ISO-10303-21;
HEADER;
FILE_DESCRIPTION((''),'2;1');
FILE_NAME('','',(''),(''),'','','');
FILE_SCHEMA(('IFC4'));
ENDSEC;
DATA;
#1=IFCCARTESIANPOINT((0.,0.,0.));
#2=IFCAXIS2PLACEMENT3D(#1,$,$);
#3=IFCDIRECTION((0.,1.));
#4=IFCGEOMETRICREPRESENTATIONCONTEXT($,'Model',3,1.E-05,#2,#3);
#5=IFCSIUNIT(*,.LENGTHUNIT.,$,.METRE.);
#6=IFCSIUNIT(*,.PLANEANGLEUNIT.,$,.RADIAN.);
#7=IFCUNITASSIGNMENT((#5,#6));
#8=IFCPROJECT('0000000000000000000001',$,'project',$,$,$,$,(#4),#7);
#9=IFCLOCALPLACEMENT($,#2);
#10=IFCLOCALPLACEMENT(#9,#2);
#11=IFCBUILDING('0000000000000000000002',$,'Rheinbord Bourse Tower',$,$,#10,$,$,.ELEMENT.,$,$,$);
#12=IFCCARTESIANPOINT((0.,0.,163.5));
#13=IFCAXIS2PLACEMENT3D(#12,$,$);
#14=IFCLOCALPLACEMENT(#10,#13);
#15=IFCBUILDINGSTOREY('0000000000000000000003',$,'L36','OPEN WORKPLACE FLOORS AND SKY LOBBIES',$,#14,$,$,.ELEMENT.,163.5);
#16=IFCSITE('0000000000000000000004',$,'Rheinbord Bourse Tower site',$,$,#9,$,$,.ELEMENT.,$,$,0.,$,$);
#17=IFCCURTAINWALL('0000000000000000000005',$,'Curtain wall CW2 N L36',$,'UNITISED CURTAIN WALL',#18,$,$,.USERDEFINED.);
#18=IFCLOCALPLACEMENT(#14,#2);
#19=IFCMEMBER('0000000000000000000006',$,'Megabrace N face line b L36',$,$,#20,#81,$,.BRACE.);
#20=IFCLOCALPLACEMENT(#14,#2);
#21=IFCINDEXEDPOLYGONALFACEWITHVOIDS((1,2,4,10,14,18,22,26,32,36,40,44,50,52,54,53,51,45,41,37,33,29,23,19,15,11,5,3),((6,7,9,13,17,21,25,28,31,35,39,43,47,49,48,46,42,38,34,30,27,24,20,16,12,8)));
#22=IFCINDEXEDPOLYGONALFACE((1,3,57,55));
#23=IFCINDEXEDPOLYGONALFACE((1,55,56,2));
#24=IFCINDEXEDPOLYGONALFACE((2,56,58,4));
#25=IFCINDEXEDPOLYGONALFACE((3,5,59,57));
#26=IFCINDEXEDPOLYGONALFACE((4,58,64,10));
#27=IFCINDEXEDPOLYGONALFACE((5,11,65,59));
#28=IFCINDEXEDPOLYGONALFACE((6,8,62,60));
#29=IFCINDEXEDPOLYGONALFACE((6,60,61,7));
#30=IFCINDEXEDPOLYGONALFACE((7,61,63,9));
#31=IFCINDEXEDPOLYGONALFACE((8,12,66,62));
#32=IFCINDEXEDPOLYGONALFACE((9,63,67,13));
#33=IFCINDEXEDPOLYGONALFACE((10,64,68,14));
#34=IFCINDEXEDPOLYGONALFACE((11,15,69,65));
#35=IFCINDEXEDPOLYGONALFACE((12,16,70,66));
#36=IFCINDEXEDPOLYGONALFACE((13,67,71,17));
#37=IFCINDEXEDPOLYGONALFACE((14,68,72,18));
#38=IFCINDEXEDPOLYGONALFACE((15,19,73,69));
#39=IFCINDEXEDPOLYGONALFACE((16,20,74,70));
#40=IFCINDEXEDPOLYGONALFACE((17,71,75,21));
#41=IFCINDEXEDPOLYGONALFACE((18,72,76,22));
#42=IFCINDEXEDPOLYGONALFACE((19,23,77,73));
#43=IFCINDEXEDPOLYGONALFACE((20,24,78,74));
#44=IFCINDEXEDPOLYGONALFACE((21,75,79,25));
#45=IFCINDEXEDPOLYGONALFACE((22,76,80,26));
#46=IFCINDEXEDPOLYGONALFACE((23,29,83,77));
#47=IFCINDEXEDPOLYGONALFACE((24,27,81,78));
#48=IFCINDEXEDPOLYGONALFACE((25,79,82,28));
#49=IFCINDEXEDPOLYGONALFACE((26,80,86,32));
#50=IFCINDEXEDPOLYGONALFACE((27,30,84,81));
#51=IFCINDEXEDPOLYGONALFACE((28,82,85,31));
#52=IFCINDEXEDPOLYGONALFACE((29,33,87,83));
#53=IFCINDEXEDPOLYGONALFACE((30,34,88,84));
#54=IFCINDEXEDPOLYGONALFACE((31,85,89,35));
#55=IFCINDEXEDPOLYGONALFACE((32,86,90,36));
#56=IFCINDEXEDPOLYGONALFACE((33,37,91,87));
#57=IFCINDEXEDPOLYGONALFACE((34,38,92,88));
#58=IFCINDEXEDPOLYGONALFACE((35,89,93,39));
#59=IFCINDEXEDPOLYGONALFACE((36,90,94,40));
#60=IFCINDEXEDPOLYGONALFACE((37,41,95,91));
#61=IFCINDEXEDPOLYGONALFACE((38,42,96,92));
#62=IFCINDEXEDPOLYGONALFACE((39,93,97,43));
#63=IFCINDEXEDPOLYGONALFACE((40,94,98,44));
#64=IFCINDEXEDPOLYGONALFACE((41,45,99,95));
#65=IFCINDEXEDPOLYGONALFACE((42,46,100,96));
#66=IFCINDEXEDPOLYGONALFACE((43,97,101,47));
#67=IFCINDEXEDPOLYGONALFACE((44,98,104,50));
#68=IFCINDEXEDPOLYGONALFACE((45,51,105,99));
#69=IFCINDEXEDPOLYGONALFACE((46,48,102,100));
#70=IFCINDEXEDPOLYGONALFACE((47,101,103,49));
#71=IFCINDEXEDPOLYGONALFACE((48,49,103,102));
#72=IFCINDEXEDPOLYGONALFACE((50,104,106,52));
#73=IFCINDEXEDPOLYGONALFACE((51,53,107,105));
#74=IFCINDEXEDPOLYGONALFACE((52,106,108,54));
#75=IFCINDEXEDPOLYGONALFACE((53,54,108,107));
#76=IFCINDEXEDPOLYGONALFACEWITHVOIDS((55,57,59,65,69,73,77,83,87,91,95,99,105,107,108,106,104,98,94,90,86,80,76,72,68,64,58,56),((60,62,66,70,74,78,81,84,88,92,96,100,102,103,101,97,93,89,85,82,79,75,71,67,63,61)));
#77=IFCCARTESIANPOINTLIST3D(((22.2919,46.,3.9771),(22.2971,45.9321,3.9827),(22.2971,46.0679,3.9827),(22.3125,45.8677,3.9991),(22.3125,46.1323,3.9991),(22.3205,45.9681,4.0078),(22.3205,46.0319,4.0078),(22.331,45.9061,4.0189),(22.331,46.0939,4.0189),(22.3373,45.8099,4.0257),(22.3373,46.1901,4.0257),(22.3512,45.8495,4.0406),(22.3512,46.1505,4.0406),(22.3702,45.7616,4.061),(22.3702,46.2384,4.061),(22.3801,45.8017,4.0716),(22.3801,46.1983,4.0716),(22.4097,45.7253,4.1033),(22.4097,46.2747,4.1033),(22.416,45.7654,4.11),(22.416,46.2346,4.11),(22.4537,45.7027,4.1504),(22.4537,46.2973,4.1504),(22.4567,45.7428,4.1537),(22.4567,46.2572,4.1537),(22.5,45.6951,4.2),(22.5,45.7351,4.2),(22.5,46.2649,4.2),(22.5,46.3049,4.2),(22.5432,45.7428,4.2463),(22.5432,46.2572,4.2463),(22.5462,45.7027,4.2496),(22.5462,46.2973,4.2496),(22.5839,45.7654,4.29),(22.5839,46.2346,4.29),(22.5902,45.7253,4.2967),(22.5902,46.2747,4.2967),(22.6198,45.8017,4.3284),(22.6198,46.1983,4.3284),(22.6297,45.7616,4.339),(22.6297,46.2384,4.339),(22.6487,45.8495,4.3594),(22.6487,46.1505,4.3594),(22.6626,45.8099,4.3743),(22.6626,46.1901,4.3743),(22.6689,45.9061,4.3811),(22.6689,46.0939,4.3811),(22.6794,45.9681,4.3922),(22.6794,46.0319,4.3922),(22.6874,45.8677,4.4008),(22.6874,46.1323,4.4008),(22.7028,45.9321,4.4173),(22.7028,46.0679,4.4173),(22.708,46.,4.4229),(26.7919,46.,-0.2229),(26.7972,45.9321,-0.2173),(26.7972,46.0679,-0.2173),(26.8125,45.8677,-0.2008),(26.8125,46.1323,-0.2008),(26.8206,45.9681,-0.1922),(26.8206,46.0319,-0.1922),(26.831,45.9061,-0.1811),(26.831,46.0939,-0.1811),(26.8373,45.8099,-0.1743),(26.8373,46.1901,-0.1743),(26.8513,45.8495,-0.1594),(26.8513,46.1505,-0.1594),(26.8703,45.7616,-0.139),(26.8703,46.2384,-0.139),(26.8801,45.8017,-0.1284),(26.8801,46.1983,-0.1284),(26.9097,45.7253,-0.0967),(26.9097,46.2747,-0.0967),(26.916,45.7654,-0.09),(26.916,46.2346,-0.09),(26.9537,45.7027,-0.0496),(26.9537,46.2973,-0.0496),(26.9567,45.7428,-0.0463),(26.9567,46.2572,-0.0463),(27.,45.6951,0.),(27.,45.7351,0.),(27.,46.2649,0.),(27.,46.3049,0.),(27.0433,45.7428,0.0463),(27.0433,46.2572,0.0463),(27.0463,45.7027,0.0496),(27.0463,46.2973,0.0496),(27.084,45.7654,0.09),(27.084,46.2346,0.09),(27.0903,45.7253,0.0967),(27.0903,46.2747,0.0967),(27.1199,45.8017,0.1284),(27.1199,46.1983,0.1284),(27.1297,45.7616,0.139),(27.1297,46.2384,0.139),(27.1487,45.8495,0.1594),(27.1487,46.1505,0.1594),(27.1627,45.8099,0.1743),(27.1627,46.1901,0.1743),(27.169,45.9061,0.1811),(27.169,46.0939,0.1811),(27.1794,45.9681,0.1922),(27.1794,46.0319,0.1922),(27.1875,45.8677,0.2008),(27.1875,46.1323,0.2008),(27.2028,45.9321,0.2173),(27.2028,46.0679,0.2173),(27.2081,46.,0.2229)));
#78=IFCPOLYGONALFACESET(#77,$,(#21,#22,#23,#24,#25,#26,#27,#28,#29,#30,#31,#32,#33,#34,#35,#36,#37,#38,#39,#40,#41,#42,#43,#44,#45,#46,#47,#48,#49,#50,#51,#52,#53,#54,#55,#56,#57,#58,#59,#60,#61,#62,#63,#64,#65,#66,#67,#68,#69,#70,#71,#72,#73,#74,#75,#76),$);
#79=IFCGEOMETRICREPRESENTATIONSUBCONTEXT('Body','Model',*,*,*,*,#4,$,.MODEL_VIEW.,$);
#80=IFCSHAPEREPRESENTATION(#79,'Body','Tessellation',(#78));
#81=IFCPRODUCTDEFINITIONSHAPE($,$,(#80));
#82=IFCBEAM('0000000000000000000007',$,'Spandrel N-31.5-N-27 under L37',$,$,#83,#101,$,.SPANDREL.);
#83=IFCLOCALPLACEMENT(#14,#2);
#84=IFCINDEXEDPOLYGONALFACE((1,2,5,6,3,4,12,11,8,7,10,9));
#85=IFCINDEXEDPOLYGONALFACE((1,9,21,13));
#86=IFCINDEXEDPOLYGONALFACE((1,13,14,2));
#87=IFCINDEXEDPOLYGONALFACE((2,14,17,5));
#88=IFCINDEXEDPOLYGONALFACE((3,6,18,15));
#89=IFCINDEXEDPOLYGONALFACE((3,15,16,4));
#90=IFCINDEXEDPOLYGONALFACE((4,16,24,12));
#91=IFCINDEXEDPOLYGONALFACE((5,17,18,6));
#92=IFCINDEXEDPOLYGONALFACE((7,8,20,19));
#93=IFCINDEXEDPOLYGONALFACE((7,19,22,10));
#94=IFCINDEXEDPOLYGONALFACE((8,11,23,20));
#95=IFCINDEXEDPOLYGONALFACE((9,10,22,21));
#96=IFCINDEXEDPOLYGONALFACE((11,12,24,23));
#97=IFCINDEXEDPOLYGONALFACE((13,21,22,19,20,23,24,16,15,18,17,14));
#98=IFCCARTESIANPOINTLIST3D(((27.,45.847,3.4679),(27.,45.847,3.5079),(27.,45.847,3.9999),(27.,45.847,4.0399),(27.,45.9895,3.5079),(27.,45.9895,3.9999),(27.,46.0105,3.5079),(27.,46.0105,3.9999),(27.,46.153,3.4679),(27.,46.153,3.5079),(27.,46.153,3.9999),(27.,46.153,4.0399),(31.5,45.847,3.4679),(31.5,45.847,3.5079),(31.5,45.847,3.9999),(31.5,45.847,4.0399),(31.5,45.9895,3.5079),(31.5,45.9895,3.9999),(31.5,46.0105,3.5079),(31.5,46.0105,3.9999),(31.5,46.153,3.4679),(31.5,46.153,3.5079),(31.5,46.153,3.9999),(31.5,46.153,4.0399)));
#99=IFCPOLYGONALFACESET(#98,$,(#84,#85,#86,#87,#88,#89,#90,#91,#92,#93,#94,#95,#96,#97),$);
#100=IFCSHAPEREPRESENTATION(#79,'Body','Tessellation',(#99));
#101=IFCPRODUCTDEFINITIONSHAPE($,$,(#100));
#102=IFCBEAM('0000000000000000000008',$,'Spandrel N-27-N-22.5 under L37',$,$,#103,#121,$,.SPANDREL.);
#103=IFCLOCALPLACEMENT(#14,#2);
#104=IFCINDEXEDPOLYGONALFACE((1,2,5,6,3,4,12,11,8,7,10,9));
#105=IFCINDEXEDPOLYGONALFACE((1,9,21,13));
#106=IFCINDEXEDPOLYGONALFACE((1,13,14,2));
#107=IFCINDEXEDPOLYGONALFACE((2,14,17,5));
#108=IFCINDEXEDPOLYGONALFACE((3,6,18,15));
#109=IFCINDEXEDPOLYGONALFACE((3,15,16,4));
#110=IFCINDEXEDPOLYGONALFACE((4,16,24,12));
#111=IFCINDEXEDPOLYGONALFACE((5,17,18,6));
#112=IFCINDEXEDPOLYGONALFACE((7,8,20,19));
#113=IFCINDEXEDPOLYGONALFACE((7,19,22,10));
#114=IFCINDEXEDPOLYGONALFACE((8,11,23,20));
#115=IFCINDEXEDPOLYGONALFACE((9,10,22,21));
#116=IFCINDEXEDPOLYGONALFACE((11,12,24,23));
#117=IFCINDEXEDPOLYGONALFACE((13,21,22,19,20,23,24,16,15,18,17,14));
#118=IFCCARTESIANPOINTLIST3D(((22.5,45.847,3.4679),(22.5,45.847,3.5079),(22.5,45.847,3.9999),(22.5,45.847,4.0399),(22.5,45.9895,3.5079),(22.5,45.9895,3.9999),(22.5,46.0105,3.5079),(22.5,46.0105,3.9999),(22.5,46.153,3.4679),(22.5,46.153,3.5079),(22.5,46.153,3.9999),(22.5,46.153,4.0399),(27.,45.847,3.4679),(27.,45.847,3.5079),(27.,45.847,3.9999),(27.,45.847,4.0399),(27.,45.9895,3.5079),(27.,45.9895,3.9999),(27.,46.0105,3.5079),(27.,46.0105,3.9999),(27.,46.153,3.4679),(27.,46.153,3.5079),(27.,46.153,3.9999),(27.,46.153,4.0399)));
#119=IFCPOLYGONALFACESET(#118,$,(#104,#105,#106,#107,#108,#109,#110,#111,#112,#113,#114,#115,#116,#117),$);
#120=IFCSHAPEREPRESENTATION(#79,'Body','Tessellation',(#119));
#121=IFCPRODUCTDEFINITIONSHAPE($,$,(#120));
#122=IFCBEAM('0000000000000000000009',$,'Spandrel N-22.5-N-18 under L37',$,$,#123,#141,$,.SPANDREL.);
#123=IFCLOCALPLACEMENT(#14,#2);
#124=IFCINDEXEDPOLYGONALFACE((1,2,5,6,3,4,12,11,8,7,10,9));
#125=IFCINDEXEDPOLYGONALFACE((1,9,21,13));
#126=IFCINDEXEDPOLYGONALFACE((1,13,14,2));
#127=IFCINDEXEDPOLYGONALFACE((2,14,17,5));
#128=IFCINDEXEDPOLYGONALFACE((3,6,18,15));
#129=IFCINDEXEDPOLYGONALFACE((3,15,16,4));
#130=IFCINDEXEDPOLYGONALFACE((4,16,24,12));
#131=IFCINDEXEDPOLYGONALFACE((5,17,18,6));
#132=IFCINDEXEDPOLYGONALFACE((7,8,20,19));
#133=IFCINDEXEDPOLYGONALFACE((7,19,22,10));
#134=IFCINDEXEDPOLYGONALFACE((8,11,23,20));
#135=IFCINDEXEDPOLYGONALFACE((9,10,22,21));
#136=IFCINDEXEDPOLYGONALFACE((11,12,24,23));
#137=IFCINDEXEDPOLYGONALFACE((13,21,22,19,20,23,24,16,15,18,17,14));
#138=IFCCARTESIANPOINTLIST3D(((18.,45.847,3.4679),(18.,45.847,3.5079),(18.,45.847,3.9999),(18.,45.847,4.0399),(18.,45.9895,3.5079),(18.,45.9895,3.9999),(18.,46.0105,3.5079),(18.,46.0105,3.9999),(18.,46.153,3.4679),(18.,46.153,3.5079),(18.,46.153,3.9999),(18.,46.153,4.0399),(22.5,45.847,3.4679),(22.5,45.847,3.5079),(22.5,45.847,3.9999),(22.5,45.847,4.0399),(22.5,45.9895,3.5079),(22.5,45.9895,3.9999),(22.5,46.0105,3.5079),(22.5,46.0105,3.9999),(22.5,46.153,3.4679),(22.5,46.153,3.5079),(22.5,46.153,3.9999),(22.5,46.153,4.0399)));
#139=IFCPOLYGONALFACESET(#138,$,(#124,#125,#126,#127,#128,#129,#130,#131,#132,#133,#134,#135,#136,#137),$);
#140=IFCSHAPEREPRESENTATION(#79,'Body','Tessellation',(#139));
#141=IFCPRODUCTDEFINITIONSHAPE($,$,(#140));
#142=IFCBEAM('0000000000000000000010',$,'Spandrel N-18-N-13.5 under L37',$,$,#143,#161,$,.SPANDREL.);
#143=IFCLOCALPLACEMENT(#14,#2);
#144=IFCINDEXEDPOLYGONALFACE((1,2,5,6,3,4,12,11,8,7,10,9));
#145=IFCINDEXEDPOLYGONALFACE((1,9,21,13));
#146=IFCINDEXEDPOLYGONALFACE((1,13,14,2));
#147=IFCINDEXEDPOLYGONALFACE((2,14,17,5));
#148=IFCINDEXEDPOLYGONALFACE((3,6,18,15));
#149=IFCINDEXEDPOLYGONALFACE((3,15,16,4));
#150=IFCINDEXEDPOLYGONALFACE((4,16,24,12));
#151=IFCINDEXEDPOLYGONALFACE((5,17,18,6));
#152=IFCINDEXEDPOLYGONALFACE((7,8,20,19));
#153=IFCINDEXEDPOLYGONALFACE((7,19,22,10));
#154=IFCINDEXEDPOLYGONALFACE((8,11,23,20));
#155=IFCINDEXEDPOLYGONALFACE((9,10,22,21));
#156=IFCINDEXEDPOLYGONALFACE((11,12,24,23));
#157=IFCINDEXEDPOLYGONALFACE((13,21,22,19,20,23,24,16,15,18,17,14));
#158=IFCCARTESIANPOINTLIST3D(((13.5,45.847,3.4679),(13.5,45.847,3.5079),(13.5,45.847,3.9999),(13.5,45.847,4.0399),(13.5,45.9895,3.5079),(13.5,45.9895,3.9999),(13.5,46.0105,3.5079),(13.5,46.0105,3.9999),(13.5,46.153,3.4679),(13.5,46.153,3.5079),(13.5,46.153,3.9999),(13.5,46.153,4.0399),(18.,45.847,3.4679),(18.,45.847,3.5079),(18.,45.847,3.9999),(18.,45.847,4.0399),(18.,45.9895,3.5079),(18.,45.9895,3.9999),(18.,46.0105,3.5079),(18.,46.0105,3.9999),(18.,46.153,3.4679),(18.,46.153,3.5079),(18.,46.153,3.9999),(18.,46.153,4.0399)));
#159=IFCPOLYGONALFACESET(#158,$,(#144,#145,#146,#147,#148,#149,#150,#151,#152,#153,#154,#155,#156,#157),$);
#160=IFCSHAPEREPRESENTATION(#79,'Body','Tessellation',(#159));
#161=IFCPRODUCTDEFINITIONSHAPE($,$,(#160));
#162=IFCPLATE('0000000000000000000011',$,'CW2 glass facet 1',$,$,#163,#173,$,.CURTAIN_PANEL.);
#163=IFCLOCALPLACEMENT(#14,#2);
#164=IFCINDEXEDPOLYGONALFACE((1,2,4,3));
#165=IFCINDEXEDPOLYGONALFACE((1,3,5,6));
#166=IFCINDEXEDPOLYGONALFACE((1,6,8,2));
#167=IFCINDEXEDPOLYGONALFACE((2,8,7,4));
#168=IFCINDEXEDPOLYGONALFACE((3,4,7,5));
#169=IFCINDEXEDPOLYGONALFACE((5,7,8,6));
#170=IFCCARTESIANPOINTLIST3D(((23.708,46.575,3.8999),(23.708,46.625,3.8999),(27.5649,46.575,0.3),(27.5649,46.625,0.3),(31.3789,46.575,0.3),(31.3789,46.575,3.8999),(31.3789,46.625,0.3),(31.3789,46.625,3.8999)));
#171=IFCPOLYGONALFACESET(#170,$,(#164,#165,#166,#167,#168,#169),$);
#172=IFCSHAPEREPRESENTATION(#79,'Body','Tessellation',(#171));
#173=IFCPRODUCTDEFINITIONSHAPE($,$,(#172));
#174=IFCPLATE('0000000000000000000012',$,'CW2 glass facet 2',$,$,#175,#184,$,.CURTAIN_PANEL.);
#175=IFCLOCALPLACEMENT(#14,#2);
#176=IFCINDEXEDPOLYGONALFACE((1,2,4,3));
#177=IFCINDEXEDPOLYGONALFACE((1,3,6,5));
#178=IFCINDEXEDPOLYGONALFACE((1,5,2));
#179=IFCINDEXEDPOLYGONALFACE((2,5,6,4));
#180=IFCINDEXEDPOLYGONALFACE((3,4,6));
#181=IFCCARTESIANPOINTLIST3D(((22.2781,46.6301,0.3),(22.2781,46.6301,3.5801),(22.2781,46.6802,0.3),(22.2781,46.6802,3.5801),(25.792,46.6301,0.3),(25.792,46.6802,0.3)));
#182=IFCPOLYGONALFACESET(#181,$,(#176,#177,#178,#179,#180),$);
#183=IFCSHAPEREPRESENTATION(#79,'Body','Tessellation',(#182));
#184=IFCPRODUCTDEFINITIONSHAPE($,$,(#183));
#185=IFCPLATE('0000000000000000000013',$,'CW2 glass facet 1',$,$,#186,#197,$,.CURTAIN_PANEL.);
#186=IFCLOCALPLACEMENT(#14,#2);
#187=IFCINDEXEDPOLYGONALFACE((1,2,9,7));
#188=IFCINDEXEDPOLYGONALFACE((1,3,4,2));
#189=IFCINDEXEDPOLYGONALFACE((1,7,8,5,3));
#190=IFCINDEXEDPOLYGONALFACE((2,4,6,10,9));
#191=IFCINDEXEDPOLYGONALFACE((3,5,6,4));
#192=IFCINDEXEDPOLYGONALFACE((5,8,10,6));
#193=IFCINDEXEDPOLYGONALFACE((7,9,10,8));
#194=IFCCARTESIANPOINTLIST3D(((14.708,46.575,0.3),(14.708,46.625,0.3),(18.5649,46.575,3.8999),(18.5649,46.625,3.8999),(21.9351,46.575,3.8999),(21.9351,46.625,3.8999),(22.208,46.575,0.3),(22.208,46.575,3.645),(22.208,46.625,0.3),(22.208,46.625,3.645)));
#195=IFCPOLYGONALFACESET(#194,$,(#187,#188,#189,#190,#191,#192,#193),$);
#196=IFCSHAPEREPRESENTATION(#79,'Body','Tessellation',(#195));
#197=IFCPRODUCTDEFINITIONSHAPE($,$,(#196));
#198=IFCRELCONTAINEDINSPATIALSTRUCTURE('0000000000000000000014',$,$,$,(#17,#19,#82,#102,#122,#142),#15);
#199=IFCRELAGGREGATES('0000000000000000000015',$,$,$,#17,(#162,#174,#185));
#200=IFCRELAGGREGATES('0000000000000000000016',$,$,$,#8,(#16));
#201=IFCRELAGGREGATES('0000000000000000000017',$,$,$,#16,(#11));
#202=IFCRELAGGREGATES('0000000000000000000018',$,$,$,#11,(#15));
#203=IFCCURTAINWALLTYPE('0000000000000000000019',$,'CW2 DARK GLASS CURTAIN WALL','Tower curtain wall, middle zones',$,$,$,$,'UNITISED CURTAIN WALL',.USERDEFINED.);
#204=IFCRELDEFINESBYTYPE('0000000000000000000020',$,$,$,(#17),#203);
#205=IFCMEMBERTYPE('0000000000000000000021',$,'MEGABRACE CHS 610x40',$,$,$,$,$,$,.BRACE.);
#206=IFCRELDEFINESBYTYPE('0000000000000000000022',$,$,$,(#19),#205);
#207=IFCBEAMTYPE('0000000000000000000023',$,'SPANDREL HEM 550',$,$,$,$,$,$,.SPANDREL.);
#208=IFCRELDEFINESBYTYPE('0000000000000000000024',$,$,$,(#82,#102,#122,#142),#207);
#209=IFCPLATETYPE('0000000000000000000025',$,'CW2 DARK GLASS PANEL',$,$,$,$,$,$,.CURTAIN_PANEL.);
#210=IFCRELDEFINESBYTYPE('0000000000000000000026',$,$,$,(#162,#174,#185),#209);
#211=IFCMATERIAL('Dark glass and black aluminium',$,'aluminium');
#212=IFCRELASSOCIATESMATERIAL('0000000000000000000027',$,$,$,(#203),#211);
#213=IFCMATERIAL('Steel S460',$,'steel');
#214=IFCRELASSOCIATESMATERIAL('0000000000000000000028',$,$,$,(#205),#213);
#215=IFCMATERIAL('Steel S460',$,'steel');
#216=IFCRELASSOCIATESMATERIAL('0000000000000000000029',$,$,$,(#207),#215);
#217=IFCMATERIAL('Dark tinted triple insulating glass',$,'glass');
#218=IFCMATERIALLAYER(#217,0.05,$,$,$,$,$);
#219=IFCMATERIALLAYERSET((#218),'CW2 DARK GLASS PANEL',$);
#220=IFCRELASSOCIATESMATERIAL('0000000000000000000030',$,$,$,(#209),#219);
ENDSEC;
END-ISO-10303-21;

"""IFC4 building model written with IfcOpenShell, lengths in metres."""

from ifc_helpers import new_model, si_unit, direction, frame, origin, origin_2d, place, context, subcontext, project, spatial, polyline, hollow_circle, i_section, outline, extrude, material, layer, layer_set, material_profile, profile_set, type_object, element, aggregate, save


model = new_model("IFC4")

# Units and contexts
model_context = context("Model", 3, precision=1e-05, world=origin(), true_north=direction((0.0, 1.0)))
body_context = subcontext(model_context, "Body", "Model", "MODEL_VIEW")
ifc_project = project(units=[si_unit("LENGTHUNIT", "METRE"), si_unit("PLANEANGLEUNIT", "RADIAN")], contexts=[model_context])

# Site, building, storey
site_placement = place(None, origin())
site = spatial("IfcSite", under=ifc_project, at=site_placement, Name="Rheinbord Bourse Tower site", CompositionType="ELEMENT", RefElevation=0.0)
building_placement = place(site_placement, origin())
building = spatial("IfcBuilding", under=site, at=building_placement, Name="Rheinbord Bourse Tower", CompositionType="ELEMENT")
storey_placement = place(building_placement, frame((0.0, 0.0, 163.5)))
storey = spatial("IfcBuildingStorey", under=building, at=storey_placement, Name="L36", Description="OPEN WORKPLACE FLOORS AND SKY LOBBIES", CompositionType="ELEMENT", Elevation=163.5)

# Curtain wall
ifc_material_1 = material(Name="Dark glass and black aluminium", Category="aluminium")
curtain_wall_type = type_object("IfcCurtainWallType", Name="CW2 DARK GLASS CURTAIN WALL", Description="Tower curtain wall, middle zones", ElementType="UNITISED CURTAIN WALL", PredefinedType="USERDEFINED", material=ifc_material_1)
curtain_wall_placement = place(storey_placement, origin())
curtain_wall = element("IfcCurtainWall", 1, at=curtain_wall_placement, inside=storey, type_object=curtain_wall_type, Name="Curtain wall CW2 N L36", ObjectType="UNITISED CURTAIN WALL", PredefinedType="USERDEFINED")

# Member
ifc_material_2 = material(Name="Steel S460", Category="steel")
ifc_material_profile_1 = material_profile(ifc_material_2, hollow_circle(Radius=0.3049, WallThickness=0.04, at=origin_2d()), Name="CHS 610x40")
ifc_profile_set_1 = profile_set([ifc_material_profile_1], Name="Steel S460")
member_type_1 = type_object("IfcMemberType", Name="MEGABRACE CHS 610x40", PredefinedType="BRACE", material=ifc_profile_set_1)
member_1_placement = place(storey_placement, frame((27.0, 46.0, 0.0), z_axis=(-0.731059, 0.0, 0.682314), x_axis=(0.0, -1.0, 0.0)))
element("IfcMember", 2, at=member_1_placement, inside=storey, type_object=member_type_1, Name="Megabrace N face line b L36", PredefinedType="BRACE", context=body_context, shape_type="SweptSolid", body=[
    extrude(hollow_circle(Radius=0.3049, WallThickness=0.04, at=origin_2d()), origin(), (0.0, 0.0, 1.0), 6.1555),
])

# Beams
ifc_material_3 = material(Name="Steel S460", Category="steel")
ifc_material_profile_2 = material_profile(ifc_material_3, i_section(OverallWidth=0.3059, OverallDepth=0.572, WebThickness=0.021, FlangeThickness=0.04, at=origin_2d()), Name="HEM 550")
ifc_profile_set_2 = profile_set([ifc_material_profile_2], Name="Steel S460")
beam_type_1 = type_object("IfcBeamType", Name="SPANDREL HEM 550", PredefinedType="SPANDREL", material=ifc_profile_set_2)
for number, where, z_axis, x_axis, name in (
    (3, (31.5, 46.0, 3.7539), (-1.0, 0.0, 0.0), (0.0, -1.0, 0.0), "Spandrel N-31.5-N-27 under L37"),
    (4, (27.0, 46.0, 3.7539), (-1.0, 0.0, 0.0), (0.0, -1.0, 0.0), "Spandrel N-27-N-22.5 under L37"),
    (5, (22.5, 46.0, 3.7539), (-1.0, 0.0, 0.0), (0.0, -1.0, 0.0), "Spandrel N-22.5-N-18 under L37"),
    (6, (18.0, 46.0, 3.7539), (-1.0, 0.0, 0.0), (0.0, -1.0, 0.0), "Spandrel N-18-N-13.5 under L37"),
):
    element("IfcBeam", number, at=place(storey_placement, frame(where, z_axis=z_axis, x_axis=x_axis)), inside=storey, type_object=beam_type_1, Name=name, PredefinedType="SPANDREL", context=body_context, shape_type="SweptSolid", body=[
        extrude(i_section(OverallWidth=0.3059, OverallDepth=0.572, WebThickness=0.021, FlangeThickness=0.04, at=origin_2d()), origin(), (0.0, 0.0, 1.0), 4.5),
    ])

# Plates
ifc_material_4 = material(Name="Dark tinted triple insulating glass", Category="glass")
ifc_layer_1 = layer(ifc_material_4, 0.05)
ifc_layer_set_1 = layer_set([ifc_layer_1], Name="CW2 DARK GLASS PANEL")
plate_type = type_object("IfcPlateType", Name="CW2 DARK GLASS PANEL", PredefinedType="CURTAIN_PANEL", material=ifc_layer_set_1)
plate_1_placement = place(storey_placement, frame((31.3789, 46.625, 0.3), z_axis=(0.0, -1.0, 0.0), x_axis=(0.0, 0.0, 1.0)))
plate_1 = element("IfcPlate", 7, at=plate_1_placement, type_object=plate_type, Name="CW2 glass facet 1", PredefinedType="CURTAIN_PANEL", context=body_context, shape_type="SweptSolid", body=[
    extrude(outline(polyline([(0.0, 0.0), (3.5999, 0.0), (3.5999, 7.6709), (0.0, 3.814), (0.0, 0.0)])), origin(), (0.0, 0.0, 1.0), 0.05),
])
plate_2_placement = place(storey_placement, frame((22.2781, 46.6802, 0.3), z_axis=(0.0, -1.0, 0.0), x_axis=(1.0, 0.0, 0.0)))
plate_2 = element("IfcPlate", 8, at=plate_2_placement, type_object=plate_type, Name="CW2 glass facet 2", PredefinedType="CURTAIN_PANEL", context=body_context, shape_type="SweptSolid", body=[
    extrude(outline(polyline([(0.0, 0.0), (3.5139, 0.0), (0.0, 3.28), (0.0, 0.0)])), origin(), (0.0, 0.0, 1.0), 0.05),
])
plate_3_placement = place(storey_placement, frame((22.208, 46.625, 0.3), z_axis=(0.0, -1.0, 0.0), x_axis=(0.0, 0.0, 1.0)))
plate_3 = element("IfcPlate", 9, at=plate_3_placement, type_object=plate_type, Name="CW2 glass facet 1", PredefinedType="CURTAIN_PANEL", context=body_context, shape_type="SweptSolid", body=[
    extrude(outline(polyline([(0.0, 0.0), (3.345, 0.0), (3.5999, 0.2729), (3.5999, 3.6431), (0.0, 7.5), (0.0, 0.0)])), origin(), (0.0, 0.0, 1.0), 0.05),
])
aggregate(curtain_wall, [plate_1, plate_2, plate_3])

save(model, "model.ifc")
